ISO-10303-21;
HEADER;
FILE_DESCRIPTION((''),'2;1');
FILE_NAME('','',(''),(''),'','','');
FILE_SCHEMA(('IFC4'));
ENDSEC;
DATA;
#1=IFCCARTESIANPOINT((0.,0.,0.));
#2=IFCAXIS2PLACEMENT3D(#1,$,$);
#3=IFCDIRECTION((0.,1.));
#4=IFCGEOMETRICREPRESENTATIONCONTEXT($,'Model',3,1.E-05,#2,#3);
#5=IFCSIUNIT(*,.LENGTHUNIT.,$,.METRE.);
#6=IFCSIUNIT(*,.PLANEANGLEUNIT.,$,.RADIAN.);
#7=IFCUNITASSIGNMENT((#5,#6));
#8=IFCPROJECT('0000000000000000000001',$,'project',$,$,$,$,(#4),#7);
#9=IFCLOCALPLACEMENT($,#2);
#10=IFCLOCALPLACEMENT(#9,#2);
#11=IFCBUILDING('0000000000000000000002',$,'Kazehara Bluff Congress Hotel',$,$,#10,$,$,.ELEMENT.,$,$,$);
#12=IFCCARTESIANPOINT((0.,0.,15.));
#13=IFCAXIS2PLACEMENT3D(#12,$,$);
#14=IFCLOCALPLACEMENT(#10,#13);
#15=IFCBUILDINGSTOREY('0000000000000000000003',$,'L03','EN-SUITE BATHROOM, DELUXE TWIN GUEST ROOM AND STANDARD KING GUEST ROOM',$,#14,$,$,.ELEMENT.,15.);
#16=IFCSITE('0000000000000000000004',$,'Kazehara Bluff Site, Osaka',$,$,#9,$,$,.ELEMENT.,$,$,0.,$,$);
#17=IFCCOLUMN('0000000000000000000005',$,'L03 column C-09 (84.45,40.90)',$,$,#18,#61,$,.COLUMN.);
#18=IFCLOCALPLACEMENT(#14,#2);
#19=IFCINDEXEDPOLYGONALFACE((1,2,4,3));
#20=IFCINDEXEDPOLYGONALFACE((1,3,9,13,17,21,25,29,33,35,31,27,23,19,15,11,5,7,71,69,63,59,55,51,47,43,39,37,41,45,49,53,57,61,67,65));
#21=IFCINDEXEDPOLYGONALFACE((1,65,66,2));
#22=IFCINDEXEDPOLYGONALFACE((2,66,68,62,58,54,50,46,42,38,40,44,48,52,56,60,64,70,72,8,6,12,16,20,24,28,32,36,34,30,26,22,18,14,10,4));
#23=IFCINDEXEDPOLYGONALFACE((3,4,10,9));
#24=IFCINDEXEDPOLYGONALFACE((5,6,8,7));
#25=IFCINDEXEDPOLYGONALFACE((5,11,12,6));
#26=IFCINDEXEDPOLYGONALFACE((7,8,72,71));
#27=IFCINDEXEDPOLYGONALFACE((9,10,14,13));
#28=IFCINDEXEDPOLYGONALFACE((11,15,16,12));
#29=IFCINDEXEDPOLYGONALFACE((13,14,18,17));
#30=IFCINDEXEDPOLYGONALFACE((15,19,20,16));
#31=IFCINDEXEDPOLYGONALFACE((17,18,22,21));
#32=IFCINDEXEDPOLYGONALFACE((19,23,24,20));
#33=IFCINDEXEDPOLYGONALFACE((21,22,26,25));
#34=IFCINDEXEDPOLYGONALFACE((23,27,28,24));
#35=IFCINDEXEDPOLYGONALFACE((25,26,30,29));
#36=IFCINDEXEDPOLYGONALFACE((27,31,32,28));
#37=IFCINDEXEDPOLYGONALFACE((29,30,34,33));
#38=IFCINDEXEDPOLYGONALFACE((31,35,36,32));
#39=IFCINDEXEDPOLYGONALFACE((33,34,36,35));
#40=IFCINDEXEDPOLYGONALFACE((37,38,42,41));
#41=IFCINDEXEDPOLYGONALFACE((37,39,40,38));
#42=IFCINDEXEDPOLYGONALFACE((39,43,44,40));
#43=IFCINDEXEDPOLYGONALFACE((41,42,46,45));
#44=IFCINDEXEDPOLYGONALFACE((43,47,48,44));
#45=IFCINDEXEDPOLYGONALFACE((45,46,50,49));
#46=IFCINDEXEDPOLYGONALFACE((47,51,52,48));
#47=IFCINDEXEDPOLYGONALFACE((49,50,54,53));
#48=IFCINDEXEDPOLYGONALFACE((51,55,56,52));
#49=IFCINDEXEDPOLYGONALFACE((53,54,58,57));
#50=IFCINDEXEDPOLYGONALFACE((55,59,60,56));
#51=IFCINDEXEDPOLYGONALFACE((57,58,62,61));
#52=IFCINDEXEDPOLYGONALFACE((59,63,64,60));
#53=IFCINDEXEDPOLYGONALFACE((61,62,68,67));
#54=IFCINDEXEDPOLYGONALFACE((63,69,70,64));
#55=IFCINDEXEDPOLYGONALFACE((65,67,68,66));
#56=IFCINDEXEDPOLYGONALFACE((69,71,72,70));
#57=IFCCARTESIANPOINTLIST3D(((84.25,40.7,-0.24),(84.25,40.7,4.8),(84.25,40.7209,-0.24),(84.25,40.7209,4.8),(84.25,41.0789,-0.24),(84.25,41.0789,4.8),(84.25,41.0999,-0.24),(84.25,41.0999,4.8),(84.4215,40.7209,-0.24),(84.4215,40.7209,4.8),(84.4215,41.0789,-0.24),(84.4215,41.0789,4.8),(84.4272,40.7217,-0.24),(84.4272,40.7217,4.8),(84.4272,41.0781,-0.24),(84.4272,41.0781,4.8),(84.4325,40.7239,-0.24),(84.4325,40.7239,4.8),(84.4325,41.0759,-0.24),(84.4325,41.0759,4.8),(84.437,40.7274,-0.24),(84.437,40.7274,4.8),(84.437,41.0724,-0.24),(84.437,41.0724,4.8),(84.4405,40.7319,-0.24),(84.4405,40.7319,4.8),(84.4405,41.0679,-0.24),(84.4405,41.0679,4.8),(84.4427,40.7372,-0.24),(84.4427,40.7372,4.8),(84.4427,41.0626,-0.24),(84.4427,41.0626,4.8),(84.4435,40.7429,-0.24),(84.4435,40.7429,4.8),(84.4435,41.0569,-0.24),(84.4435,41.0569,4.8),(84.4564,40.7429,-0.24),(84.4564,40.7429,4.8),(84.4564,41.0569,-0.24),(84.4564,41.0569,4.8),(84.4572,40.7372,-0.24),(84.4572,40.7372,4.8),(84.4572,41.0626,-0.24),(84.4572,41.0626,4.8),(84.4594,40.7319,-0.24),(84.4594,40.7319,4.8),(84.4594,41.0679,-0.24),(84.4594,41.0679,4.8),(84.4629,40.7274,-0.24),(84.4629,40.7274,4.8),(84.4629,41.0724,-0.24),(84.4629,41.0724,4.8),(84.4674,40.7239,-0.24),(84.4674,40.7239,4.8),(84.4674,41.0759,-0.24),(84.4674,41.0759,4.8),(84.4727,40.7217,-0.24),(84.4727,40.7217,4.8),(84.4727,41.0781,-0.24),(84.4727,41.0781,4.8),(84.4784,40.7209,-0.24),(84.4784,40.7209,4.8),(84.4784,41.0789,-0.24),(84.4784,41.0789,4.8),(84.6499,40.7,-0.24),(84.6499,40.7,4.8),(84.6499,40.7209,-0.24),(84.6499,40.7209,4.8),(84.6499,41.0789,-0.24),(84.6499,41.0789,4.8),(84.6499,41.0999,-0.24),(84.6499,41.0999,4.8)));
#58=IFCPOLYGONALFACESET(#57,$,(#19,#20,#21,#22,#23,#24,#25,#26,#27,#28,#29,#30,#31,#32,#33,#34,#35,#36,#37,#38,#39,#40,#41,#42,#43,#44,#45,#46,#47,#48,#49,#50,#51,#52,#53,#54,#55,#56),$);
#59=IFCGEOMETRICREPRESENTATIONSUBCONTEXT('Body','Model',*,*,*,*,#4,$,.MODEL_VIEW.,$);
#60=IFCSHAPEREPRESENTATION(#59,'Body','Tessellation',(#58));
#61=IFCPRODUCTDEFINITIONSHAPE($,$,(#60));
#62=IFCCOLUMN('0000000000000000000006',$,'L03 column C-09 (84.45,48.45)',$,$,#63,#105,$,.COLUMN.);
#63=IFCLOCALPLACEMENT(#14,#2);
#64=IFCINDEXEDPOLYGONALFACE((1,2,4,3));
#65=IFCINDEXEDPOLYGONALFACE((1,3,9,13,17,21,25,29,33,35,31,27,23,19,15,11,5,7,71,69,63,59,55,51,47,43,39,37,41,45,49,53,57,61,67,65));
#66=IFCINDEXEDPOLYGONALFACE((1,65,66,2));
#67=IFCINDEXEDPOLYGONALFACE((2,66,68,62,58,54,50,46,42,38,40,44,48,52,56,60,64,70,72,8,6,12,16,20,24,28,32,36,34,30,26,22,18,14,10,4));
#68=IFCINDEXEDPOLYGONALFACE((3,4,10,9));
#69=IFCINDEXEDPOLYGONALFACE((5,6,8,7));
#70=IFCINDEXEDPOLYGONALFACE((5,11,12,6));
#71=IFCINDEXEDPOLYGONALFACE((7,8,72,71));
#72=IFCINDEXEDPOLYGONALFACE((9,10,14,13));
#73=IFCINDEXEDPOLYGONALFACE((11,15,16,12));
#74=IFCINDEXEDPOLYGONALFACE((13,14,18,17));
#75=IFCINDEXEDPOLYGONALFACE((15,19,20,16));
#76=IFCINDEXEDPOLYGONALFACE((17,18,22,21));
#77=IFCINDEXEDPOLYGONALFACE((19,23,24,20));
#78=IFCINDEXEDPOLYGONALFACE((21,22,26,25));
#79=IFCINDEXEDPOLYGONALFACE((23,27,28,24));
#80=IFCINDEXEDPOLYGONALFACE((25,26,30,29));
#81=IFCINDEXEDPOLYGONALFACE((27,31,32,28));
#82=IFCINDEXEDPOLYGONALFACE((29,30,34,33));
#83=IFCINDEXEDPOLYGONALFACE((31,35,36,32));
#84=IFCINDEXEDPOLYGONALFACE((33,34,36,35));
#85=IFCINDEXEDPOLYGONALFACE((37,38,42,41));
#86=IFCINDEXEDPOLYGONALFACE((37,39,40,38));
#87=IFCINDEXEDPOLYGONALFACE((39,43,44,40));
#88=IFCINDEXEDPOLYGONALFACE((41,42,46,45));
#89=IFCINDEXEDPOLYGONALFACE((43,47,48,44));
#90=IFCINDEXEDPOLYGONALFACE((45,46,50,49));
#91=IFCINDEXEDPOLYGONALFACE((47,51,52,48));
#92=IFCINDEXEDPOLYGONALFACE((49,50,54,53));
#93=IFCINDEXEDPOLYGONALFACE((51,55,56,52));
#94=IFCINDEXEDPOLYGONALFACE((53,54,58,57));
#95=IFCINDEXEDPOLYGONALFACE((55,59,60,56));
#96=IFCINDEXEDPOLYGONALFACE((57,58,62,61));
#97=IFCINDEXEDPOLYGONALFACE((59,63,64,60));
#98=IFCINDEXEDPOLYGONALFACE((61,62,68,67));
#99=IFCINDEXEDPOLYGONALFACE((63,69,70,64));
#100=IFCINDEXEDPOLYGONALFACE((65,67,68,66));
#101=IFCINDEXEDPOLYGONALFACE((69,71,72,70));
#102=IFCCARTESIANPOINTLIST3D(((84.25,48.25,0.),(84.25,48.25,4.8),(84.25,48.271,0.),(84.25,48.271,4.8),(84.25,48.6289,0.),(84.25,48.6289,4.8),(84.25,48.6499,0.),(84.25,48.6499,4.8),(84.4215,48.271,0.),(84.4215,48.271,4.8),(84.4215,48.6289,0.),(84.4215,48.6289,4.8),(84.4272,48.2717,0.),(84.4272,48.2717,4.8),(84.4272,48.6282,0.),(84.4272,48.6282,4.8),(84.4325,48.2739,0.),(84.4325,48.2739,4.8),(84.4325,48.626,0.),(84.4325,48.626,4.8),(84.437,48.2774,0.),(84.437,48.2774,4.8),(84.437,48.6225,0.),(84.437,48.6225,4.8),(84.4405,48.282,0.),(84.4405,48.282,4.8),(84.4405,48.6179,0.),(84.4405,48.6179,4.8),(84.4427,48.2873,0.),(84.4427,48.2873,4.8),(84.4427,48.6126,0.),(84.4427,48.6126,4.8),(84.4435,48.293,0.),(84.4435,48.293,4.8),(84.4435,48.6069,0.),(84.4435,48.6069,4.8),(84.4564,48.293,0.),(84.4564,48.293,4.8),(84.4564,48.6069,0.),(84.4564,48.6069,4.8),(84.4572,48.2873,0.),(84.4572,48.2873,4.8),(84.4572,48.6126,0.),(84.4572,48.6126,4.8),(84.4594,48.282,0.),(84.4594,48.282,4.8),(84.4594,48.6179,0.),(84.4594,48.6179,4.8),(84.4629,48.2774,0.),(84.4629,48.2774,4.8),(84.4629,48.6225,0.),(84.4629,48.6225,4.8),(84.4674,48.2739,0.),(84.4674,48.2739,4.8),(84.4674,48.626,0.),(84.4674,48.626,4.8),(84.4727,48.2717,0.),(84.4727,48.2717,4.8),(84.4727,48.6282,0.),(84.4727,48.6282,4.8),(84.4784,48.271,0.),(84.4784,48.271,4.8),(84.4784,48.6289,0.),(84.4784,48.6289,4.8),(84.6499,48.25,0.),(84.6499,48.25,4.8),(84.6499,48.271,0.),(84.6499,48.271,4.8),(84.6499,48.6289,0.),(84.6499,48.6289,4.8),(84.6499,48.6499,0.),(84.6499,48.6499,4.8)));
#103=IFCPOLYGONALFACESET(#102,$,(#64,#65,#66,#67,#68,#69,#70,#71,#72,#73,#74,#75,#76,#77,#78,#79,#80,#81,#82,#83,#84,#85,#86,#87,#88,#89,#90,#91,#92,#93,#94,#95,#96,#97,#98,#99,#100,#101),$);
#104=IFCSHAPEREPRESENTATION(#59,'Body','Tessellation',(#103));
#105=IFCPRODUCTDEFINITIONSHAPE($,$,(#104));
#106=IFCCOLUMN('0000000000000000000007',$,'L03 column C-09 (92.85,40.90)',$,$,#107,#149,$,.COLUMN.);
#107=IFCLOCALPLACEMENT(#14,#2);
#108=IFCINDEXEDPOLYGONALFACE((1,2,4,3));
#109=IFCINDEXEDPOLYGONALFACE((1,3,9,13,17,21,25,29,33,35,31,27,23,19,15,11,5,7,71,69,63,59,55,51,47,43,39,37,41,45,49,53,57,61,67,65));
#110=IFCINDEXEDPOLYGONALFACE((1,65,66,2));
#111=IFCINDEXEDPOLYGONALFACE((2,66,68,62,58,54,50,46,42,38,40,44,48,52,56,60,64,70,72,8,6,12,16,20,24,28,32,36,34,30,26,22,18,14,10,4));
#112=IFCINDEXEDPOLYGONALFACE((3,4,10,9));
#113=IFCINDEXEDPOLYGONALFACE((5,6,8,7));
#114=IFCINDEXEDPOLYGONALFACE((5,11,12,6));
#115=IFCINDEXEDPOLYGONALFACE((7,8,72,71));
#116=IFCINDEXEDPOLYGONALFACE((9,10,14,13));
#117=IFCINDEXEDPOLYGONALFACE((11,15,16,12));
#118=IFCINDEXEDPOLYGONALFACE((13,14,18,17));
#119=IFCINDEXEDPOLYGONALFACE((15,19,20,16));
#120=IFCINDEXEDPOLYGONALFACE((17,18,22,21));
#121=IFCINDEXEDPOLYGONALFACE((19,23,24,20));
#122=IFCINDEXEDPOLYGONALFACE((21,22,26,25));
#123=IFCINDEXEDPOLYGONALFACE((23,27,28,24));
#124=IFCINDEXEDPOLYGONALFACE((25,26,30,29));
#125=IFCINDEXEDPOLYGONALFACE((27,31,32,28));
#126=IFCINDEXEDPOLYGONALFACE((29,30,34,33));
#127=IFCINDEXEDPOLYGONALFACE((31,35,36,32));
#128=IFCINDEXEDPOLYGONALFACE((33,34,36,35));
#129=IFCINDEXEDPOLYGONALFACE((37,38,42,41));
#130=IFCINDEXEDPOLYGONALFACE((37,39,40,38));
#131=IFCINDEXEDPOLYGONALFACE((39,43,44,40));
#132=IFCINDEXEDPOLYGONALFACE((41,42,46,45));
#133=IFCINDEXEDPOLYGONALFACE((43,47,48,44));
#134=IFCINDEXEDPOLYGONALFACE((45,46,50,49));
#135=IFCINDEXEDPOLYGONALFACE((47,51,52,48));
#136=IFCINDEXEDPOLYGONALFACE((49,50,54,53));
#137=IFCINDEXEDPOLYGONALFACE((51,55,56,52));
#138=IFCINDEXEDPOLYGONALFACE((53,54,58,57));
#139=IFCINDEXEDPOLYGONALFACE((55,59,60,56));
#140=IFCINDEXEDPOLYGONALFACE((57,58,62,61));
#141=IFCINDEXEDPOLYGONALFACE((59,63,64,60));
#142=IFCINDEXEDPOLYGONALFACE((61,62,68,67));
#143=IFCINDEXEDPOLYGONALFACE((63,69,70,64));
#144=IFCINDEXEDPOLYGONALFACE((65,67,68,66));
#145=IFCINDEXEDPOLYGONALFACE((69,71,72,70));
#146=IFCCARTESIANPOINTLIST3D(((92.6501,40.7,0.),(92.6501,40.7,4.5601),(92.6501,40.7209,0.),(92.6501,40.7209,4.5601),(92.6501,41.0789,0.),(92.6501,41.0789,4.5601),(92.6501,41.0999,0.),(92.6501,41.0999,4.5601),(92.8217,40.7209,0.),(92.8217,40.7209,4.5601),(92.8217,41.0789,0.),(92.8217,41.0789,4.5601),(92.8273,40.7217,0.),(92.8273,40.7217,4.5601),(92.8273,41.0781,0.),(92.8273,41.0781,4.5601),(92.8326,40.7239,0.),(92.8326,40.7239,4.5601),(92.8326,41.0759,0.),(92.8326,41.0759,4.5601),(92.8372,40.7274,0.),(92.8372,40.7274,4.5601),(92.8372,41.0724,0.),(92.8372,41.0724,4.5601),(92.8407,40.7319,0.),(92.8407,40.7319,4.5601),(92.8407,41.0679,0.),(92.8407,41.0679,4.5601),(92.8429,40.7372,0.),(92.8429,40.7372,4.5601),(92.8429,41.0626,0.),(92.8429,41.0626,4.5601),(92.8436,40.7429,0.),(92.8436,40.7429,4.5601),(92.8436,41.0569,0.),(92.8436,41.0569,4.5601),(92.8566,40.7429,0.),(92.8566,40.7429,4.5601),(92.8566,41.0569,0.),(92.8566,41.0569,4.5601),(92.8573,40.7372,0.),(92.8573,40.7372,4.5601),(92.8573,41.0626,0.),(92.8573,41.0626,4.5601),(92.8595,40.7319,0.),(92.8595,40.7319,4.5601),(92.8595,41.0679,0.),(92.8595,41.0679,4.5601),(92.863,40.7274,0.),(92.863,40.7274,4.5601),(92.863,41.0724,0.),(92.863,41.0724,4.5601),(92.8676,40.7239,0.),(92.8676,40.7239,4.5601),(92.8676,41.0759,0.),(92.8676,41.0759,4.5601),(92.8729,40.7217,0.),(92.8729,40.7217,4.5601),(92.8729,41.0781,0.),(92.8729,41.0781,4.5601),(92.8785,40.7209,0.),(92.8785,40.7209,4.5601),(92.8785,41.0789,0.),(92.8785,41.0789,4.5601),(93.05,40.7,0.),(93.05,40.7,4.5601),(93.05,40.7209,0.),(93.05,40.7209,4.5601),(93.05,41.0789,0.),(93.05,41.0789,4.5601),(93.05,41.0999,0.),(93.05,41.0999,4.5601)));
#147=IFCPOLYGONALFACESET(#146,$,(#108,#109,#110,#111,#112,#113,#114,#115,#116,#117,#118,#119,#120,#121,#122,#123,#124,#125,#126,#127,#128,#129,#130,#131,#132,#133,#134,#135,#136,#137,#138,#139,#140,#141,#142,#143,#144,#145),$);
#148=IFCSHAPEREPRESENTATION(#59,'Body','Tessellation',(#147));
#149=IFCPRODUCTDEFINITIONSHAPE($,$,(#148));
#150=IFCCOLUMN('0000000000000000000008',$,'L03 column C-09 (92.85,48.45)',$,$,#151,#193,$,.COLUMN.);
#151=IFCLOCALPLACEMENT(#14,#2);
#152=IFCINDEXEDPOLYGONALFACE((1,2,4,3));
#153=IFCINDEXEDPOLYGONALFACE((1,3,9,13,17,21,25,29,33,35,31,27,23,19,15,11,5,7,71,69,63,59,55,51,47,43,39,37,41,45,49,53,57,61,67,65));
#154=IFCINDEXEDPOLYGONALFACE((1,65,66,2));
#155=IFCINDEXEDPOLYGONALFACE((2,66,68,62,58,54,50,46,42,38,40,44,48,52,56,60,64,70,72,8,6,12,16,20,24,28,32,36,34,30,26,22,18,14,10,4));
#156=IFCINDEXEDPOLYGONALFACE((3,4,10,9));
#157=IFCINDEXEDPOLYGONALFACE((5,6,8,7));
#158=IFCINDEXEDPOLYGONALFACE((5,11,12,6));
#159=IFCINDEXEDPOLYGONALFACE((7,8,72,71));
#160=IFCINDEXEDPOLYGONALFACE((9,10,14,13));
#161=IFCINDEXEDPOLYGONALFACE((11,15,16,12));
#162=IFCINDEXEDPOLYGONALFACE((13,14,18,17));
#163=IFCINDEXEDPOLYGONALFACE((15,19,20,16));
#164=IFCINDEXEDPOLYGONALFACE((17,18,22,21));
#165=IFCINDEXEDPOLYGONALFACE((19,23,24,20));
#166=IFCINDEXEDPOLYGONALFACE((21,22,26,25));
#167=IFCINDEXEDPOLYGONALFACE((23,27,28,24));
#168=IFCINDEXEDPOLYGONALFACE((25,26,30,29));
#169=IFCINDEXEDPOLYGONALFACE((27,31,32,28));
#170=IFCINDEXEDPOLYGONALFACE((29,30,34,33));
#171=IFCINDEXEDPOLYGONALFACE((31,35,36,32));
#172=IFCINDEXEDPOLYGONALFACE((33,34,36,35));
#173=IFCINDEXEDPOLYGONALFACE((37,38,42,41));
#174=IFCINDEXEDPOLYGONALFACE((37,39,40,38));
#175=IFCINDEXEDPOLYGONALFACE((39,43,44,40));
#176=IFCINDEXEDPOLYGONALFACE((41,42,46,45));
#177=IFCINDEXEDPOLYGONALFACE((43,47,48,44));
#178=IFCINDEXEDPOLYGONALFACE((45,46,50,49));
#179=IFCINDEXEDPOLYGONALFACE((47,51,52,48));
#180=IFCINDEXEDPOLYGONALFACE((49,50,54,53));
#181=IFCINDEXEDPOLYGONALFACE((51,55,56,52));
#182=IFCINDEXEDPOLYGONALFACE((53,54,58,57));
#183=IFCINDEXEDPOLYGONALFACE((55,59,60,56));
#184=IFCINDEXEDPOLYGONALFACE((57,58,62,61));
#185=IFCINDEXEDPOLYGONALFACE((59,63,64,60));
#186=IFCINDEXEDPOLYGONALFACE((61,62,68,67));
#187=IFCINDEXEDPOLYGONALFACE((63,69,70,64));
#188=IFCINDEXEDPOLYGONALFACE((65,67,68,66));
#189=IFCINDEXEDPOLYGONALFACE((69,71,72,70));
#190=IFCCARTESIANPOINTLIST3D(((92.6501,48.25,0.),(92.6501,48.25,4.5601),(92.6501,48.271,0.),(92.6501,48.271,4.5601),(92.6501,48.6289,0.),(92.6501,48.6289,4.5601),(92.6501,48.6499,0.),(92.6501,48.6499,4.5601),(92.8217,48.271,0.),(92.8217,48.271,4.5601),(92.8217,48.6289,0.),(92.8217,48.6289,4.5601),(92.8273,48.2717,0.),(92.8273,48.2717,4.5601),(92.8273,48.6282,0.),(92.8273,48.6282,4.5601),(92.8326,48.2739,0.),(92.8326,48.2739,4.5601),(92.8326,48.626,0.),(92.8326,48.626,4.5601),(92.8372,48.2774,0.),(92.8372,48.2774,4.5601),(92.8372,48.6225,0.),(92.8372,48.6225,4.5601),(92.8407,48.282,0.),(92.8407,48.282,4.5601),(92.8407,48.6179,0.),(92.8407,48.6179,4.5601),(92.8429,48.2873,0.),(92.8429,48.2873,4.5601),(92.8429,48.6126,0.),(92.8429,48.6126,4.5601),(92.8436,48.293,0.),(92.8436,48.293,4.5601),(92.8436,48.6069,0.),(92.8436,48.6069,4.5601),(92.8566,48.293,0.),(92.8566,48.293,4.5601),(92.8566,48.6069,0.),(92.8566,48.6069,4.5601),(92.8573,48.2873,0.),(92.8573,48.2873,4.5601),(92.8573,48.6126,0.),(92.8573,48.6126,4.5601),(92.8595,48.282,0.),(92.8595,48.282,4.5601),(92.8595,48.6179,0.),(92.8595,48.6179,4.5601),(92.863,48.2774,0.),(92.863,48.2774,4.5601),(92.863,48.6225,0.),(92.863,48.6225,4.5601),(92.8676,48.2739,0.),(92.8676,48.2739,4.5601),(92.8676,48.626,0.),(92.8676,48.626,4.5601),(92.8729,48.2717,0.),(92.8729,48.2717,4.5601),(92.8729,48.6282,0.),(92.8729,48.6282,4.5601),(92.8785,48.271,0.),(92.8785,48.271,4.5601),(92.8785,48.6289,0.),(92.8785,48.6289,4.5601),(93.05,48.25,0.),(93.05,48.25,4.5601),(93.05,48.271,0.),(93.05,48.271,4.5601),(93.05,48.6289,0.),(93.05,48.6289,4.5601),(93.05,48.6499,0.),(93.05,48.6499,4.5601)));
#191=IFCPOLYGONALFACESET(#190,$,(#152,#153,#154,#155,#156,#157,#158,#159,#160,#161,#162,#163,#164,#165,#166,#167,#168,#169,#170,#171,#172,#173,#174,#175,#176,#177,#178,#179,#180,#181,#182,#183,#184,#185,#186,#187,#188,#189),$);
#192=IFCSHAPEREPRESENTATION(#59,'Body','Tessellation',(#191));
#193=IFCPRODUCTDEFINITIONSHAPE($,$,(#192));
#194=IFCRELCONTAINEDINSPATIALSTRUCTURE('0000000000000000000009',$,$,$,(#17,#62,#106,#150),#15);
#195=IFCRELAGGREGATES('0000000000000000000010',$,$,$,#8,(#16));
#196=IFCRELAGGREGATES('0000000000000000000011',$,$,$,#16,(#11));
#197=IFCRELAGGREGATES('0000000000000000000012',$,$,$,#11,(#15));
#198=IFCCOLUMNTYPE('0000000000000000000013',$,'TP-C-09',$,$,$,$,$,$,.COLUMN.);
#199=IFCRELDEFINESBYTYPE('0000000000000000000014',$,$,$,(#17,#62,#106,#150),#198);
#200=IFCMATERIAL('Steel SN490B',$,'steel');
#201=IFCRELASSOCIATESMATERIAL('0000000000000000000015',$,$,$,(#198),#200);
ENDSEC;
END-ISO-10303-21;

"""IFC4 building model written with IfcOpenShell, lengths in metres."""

from ifc_helpers import new_model, si_unit, direction, frame, origin, origin_2d, place, context, subcontext, project, spatial, i_section, extrude, material, material_profile, profile_set, type_object, element, save


model = new_model("IFC4")

# Units and contexts
model_context = context("Model", 3, precision=1e-05, world=origin(), true_north=direction((0.0, 1.0)))
body_context = subcontext(model_context, "Body", "Model", "MODEL_VIEW")
ifc_project = project(units=[si_unit("LENGTHUNIT", "METRE"), si_unit("PLANEANGLEUNIT", "RADIAN")], contexts=[model_context])

# Site, building, storey
site_placement = place(None, origin())
site = spatial("IfcSite", under=ifc_project, at=site_placement, Name="Kazehara Bluff Site, Osaka", CompositionType="ELEMENT", RefElevation=0.0)
building_placement = place(site_placement, origin())
building = spatial("IfcBuilding", under=site, at=building_placement, Name="Kazehara Bluff Congress Hotel", CompositionType="ELEMENT")
storey_placement = place(building_placement, frame((0.0, 0.0, 15.0)))
storey = spatial("IfcBuildingStorey", under=building, at=storey_placement, Name="L03", Description="EN-SUITE BATHROOM, DELUXE TWIN GUEST ROOM AND STANDARD KING GUEST ROOM", CompositionType="ELEMENT", Elevation=15.0)

# Columns
ifc_material_1 = material(Name="Steel SN490B", Category="steel")
ifc_material_profile_1 = material_profile(ifc_material_1, i_section(OverallWidth=0.3999, OverallDepth=0.3999, WebThickness=0.0129, FlangeThickness=0.021, FilletRadius=0.022, at=origin_2d()))
ifc_profile_set_1 = profile_set([ifc_material_profile_1], Name="Steel SN490B")
column_type = type_object("IfcColumnType", Name="TP-C-09", PredefinedType="COLUMN", material=ifc_profile_set_1)
column_1_placement = place(storey_placement, frame((84.45, 40.8999, -0.24), z_axis=(0.0, 0.0, 1.0), x_axis=(1.0, 0.0, 0.0)))
element("IfcColumn", 1, at=column_1_placement, inside=storey, type_object=column_type, Name="L03 column C-09 (84.45,40.90)", PredefinedType="COLUMN", context=body_context, shape_type="SweptSolid", body=[
    extrude(i_section(OverallWidth=0.3999, OverallDepth=0.3999, WebThickness=0.0129, FlangeThickness=0.021, FilletRadius=0.022, at=origin_2d()), origin(), (0.0, 0.0, 1.0), 5.04),
])
column_2_placement = place(storey_placement, frame((84.45, 48.45, 0.0), z_axis=(0.0, 0.0, 1.0), x_axis=(1.0, 0.0, 0.0)))
element("IfcColumn", 2, at=column_2_placement, inside=storey, type_object=column_type, Name="L03 column C-09 (84.45,48.45)", PredefinedType="COLUMN", context=body_context, shape_type="SweptSolid", body=[
    extrude(i_section(OverallWidth=0.3999, OverallDepth=0.3999, WebThickness=0.0129, FlangeThickness=0.021, FilletRadius=0.022, at=origin_2d()), origin(), (0.0, 0.0, 1.0), 4.8),
])
for number, where, z_axis, x_axis, name in (
    (3, (92.8501, 40.8999, 0.0), (0.0, 0.0, 1.0), (1.0, 0.0, 0.0), "L03 column C-09 (92.85,40.90)"),
    (4, (92.8501, 48.45, 0.0), (0.0, 0.0, 1.0), (1.0, 0.0, 0.0), "L03 column C-09 (92.85,48.45)"),
):
    element("IfcColumn", number, at=place(storey_placement, frame(where, z_axis=z_axis, x_axis=x_axis)), inside=storey, type_object=column_type, Name=name, PredefinedType="COLUMN", context=body_context, shape_type="SweptSolid", body=[
        extrude(i_section(OverallWidth=0.3999, OverallDepth=0.3999, WebThickness=0.0129, FlangeThickness=0.021, FilletRadius=0.022, at=origin_2d()), origin(), (0.0, 0.0, 1.0), 4.5601),
    ])

save(model, "model.ifc")
